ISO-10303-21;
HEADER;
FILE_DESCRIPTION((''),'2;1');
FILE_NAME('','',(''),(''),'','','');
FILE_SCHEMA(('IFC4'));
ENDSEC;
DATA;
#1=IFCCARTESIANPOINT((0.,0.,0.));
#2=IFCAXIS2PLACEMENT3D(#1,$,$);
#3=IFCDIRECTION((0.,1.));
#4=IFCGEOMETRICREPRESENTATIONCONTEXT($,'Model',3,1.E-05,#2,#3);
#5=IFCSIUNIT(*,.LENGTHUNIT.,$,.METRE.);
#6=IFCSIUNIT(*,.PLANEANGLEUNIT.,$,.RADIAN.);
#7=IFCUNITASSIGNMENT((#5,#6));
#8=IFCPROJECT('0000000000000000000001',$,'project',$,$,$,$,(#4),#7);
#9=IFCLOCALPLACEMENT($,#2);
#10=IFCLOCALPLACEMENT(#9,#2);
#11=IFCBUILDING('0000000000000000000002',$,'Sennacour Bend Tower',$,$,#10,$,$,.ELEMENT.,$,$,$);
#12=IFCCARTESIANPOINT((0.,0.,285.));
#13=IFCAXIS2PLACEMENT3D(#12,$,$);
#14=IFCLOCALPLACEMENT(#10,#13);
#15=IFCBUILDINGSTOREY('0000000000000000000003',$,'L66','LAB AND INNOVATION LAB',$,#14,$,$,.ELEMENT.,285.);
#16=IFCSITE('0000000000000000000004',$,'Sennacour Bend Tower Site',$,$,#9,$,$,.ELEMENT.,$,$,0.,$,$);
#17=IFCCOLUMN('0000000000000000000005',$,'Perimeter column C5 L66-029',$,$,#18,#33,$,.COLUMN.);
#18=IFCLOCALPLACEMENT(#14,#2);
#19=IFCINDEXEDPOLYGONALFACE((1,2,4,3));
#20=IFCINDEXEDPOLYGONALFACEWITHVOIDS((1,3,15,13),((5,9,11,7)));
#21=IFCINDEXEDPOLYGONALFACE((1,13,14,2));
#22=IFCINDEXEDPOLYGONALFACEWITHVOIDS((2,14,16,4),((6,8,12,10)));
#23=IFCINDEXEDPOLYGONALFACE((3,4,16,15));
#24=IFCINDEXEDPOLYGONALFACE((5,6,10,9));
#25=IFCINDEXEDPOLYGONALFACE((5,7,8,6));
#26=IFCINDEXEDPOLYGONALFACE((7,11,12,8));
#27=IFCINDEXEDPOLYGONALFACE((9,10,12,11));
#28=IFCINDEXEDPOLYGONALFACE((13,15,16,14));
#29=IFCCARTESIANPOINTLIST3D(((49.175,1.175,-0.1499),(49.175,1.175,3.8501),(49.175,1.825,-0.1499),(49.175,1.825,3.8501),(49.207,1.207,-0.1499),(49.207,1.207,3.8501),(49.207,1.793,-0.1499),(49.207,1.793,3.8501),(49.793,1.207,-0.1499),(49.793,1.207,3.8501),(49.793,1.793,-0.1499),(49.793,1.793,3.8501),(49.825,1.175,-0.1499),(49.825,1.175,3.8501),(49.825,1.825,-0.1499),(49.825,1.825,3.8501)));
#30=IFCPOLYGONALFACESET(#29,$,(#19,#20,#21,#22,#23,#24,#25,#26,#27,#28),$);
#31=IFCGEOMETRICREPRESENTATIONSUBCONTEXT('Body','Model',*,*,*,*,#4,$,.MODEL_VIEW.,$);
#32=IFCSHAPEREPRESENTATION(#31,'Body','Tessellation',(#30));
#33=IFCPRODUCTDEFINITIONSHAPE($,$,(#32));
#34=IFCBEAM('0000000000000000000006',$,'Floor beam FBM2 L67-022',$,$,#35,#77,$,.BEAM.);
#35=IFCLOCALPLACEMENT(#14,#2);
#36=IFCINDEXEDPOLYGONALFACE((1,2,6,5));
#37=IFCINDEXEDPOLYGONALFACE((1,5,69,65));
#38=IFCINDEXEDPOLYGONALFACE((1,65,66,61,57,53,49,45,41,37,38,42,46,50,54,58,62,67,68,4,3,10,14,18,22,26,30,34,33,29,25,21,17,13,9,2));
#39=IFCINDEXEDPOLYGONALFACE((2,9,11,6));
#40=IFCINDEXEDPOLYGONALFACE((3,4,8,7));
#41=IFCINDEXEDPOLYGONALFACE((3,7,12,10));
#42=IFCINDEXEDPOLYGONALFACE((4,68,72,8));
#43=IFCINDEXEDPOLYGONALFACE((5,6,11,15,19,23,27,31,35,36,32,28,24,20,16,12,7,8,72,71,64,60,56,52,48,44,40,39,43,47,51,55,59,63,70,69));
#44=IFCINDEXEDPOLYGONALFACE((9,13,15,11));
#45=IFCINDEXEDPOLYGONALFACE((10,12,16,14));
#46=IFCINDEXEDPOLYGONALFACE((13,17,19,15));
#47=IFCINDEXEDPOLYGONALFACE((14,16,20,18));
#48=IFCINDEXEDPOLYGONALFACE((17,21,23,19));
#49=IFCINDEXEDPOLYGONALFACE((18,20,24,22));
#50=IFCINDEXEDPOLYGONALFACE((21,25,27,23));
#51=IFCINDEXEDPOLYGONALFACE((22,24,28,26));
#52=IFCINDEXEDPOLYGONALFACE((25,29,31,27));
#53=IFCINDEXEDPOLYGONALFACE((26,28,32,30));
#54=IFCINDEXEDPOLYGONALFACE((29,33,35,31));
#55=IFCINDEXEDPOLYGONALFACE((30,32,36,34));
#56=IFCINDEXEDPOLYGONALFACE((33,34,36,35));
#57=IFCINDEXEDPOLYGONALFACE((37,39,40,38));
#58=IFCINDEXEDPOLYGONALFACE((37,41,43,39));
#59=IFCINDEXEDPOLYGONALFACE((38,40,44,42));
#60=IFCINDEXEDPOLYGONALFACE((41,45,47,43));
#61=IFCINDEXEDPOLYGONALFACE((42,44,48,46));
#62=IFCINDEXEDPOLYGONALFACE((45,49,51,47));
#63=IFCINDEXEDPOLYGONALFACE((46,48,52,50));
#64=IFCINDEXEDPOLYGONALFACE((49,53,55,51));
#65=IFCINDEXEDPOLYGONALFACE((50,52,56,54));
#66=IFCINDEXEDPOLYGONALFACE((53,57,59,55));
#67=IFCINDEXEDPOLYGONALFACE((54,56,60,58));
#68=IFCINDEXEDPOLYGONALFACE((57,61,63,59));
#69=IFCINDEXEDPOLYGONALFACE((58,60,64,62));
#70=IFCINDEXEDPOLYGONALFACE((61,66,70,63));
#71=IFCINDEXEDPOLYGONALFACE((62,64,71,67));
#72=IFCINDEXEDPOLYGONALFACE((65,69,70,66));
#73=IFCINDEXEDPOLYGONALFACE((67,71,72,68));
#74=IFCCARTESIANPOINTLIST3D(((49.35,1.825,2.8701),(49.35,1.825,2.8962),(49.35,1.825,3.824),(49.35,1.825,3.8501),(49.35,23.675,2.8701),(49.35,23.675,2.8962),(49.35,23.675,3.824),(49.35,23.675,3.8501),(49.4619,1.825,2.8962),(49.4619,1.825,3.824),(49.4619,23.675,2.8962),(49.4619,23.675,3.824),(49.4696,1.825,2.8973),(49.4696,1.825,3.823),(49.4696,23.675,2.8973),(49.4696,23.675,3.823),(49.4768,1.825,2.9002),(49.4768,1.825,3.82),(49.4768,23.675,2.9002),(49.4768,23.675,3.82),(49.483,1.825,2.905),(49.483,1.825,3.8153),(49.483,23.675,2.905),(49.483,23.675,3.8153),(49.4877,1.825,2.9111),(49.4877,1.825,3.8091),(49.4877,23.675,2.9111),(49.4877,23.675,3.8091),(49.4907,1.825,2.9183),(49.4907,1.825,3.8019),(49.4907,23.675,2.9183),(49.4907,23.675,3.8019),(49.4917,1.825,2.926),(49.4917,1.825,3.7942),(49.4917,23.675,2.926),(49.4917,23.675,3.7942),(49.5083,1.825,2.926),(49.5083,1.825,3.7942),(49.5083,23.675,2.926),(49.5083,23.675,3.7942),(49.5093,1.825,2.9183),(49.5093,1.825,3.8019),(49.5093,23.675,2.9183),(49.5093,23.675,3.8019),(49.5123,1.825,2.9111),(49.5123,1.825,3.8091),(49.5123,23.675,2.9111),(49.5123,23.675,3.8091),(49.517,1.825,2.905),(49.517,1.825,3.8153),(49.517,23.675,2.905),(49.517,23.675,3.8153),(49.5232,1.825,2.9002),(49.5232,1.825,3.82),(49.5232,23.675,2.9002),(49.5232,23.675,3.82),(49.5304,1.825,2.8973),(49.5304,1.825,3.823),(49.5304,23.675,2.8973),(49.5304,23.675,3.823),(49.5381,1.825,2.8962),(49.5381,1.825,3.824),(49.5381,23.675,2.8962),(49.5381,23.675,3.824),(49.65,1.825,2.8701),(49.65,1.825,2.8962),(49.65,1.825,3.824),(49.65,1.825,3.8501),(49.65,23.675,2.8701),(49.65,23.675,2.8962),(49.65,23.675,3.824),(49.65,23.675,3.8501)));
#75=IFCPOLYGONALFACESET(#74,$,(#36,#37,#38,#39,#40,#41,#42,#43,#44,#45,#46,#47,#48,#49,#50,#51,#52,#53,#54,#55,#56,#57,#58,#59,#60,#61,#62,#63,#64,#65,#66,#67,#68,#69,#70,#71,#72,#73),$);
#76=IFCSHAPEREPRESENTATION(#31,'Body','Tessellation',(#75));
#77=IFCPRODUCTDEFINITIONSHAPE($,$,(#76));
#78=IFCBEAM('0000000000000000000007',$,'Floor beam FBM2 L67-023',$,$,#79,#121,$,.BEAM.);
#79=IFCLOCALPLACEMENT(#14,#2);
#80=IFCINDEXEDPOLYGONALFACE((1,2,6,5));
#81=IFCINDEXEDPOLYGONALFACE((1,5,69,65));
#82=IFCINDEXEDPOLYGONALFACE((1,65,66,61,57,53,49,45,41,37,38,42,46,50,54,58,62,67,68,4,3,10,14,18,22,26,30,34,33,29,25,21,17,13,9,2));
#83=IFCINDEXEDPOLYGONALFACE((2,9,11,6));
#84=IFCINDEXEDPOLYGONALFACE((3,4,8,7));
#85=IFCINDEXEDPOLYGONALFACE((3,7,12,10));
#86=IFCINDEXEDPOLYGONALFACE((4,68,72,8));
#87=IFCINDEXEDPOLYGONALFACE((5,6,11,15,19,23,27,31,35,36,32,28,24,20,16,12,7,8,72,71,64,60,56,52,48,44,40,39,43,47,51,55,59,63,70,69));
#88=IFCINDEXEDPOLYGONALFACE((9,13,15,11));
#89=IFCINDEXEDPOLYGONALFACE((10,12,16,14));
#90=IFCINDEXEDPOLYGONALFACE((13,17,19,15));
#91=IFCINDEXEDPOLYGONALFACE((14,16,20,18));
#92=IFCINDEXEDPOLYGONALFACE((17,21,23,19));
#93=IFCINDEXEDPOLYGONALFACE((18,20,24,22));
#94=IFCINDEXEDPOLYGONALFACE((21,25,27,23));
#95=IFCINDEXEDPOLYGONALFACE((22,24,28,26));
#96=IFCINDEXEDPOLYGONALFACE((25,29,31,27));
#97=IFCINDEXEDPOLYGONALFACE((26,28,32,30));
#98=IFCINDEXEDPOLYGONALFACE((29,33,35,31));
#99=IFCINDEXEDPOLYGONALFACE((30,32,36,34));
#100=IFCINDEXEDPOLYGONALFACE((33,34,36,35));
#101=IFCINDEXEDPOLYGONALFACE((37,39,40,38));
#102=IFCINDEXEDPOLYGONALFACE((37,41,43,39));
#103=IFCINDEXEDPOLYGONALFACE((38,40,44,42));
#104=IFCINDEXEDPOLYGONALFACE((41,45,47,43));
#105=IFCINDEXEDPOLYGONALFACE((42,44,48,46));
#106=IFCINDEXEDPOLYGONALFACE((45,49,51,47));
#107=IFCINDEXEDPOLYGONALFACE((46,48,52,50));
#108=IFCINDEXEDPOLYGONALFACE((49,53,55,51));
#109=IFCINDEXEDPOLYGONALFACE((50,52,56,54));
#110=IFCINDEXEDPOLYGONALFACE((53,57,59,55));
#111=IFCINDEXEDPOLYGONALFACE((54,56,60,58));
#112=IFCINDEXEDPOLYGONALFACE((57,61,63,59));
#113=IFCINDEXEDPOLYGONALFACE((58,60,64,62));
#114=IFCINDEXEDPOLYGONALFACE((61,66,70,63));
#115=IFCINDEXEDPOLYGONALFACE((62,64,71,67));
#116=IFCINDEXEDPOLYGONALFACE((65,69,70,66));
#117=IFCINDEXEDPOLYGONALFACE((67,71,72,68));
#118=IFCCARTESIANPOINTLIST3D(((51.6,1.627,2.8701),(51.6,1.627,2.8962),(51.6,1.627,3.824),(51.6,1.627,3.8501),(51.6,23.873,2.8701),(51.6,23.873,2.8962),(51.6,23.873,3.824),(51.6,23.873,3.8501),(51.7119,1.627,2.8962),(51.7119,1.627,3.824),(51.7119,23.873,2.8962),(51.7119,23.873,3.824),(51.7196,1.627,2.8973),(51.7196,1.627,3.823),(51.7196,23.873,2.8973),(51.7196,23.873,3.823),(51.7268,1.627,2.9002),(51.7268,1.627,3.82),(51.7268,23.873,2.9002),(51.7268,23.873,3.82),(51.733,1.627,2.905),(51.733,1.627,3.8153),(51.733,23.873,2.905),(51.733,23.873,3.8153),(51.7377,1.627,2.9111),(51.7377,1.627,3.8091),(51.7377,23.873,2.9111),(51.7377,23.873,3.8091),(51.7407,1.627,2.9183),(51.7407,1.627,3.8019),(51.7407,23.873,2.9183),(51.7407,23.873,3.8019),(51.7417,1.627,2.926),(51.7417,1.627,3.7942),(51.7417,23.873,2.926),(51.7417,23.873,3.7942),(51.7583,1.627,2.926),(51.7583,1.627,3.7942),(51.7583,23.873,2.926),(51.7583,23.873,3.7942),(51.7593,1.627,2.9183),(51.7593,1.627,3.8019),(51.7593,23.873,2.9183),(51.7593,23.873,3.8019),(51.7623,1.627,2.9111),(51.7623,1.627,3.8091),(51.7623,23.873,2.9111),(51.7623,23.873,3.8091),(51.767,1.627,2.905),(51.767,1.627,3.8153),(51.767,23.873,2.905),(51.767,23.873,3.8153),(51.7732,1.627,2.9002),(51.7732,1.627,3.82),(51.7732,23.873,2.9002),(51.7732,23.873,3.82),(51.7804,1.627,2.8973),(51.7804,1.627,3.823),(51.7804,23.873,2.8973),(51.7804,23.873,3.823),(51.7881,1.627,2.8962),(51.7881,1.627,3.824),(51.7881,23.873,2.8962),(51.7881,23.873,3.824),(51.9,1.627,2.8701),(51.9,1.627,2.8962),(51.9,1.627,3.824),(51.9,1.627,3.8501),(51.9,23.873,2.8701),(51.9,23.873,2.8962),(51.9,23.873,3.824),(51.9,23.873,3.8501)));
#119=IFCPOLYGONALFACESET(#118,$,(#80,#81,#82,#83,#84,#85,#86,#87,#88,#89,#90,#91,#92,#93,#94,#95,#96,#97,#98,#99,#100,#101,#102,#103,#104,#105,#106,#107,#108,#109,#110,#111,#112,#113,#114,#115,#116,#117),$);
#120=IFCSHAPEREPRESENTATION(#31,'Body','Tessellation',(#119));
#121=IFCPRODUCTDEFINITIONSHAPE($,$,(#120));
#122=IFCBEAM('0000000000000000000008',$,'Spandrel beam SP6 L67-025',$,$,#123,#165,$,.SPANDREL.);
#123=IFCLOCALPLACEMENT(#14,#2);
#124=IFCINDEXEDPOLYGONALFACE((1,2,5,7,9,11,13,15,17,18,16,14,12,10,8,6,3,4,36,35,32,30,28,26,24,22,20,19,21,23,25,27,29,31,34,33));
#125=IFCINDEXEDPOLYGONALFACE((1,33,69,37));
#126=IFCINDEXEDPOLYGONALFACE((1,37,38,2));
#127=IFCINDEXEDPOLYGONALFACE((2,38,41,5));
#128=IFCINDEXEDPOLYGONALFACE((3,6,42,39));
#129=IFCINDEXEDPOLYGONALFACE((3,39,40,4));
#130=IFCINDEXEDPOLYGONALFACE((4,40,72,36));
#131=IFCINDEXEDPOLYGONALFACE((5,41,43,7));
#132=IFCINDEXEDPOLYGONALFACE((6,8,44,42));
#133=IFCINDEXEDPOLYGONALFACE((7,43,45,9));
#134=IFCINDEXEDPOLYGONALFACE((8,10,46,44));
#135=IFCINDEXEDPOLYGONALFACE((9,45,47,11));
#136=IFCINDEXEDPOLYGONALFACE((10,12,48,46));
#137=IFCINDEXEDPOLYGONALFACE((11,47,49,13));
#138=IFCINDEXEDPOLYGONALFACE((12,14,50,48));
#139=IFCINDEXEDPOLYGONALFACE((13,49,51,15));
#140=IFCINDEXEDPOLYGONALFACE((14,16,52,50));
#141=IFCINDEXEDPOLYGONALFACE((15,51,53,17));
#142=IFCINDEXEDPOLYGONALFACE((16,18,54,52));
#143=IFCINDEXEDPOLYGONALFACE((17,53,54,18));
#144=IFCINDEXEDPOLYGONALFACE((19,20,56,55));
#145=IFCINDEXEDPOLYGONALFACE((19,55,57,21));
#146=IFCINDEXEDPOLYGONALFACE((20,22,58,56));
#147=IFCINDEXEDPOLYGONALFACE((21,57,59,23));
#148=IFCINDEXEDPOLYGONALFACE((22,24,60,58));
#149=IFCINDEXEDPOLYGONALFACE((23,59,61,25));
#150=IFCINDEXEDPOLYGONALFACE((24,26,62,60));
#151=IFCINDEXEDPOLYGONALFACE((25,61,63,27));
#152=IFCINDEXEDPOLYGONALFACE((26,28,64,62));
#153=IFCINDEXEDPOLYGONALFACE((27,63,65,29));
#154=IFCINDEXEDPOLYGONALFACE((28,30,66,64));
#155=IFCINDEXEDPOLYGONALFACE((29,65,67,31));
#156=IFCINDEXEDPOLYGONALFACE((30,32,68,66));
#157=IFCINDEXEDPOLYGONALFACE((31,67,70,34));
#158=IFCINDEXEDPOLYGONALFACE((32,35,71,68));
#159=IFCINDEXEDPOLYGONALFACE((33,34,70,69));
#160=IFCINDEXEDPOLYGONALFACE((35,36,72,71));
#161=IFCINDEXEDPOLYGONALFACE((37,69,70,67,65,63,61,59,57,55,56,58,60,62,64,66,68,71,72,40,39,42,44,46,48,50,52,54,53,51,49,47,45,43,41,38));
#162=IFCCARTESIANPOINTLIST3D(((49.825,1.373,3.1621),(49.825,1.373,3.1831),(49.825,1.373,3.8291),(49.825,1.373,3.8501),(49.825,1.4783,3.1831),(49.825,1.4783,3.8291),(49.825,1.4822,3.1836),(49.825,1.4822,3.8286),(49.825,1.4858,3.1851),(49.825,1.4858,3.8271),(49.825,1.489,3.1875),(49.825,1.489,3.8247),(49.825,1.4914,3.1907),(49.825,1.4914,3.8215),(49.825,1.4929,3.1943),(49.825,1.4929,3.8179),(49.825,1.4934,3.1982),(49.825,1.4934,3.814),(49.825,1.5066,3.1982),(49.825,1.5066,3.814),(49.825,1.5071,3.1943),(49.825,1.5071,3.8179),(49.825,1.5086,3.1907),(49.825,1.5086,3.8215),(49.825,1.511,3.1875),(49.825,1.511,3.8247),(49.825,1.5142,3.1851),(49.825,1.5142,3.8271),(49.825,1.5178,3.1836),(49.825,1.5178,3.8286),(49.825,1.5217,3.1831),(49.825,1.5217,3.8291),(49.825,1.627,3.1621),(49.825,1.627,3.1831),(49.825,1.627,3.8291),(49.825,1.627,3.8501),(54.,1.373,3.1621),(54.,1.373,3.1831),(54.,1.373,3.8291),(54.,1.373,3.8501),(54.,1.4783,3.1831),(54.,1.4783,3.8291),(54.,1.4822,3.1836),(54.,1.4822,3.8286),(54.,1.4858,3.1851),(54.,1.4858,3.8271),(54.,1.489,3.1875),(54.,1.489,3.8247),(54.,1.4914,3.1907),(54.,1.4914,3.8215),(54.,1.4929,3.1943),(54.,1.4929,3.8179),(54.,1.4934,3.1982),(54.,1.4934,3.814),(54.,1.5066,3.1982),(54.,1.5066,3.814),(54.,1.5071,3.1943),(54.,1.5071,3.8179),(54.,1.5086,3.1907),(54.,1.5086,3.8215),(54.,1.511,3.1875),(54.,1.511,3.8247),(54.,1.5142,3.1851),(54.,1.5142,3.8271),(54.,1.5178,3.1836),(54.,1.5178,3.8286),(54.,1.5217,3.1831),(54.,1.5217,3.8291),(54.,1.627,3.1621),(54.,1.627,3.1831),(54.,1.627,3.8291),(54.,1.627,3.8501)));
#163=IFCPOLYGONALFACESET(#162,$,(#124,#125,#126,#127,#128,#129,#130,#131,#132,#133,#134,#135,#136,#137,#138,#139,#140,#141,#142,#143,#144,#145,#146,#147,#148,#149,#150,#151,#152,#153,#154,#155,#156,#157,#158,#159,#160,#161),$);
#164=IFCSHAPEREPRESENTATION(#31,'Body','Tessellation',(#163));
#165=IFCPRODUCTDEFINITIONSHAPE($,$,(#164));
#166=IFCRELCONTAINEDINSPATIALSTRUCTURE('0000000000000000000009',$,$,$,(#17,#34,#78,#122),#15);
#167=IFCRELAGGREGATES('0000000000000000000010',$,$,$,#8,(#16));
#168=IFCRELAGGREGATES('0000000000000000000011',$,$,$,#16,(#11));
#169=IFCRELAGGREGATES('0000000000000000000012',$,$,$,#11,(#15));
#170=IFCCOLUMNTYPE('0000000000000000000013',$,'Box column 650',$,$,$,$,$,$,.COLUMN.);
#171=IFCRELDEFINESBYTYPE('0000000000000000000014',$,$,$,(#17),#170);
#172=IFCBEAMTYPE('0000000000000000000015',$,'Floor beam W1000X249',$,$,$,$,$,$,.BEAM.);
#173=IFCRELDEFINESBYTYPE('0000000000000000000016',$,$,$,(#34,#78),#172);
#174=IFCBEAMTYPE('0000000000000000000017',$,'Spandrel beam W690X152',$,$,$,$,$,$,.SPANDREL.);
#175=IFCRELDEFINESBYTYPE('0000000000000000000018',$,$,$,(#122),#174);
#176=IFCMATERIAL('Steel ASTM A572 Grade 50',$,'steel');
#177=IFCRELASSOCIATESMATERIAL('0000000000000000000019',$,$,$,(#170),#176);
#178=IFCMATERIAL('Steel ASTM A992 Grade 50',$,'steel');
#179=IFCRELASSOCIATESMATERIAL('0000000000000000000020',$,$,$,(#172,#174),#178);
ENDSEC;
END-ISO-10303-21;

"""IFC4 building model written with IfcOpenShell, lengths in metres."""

from ifc_helpers import new_model, si_unit, direction, frame, origin, origin_2d, place, context, subcontext, project, spatial, hollow_rectangle, i_section, extrude, material, material_profile, profile_set, type_object, element, save


model = new_model("IFC4")

# Units and contexts
model_context = context("Model", 3, precision=1e-05, world=origin(), true_north=direction((0.0, 1.0)))
body_context = subcontext(model_context, "Body", "Model", "MODEL_VIEW")
ifc_project = project(units=[si_unit("LENGTHUNIT", "METRE"), si_unit("PLANEANGLEUNIT", "RADIAN")], contexts=[model_context])

# Site, building, storey
site_placement = place(None, origin())
site = spatial("IfcSite", under=ifc_project, at=site_placement, Name="Sennacour Bend Tower Site", CompositionType="ELEMENT", RefElevation=0.0)
building_placement = place(site_placement, origin())
building = spatial("IfcBuilding", under=site, at=building_placement, Name="Sennacour Bend Tower", CompositionType="ELEMENT")
storey_placement = place(building_placement, frame((0.0, 0.0, 285.0)))
storey = spatial("IfcBuildingStorey", under=building, at=storey_placement, Name="L66", Description="LAB AND INNOVATION LAB", CompositionType="ELEMENT", Elevation=285.0)

# Column
ifc_material_1 = material(Name="Steel ASTM A572 Grade 50", Category="steel")
ifc_material_profile_1 = material_profile(ifc_material_1, hollow_rectangle(XDim=0.6499, YDim=0.6499, WallThickness=0.032, at=origin_2d()), Name="Steel ASTM A572 Grade 50", Category="steel")
ifc_profile_set_1 = profile_set([ifc_material_profile_1], Name="Steel ASTM A572 Grade 50")
column_type = type_object("IfcColumnType", Name="Box column 650", PredefinedType="COLUMN", material=ifc_profile_set_1)
column_placement = place(storey_placement, frame((49.5, 1.5, -0.1499), z_axis=(0.0, 0.0, 1.0), x_axis=(1.0, 0.0, 0.0)))
element("IfcColumn", 1, at=column_placement, inside=storey, type_object=column_type, Name="Perimeter column C5 L66-029", PredefinedType="COLUMN", context=body_context, shape_type="SweptSolid", body=[
    extrude(hollow_rectangle(XDim=0.6499, YDim=0.6499, WallThickness=0.032, at=origin_2d()), origin(), (0.0, 0.0, 1.0), 4.0),
])

# Beams
ifc_material_2 = material(Name="Steel ASTM A992 Grade 50", Category="steel")
ifc_material_profile_2 = material_profile(ifc_material_2, i_section(OverallWidth=0.3, OverallDepth=0.98, WebThickness=0.0166, FlangeThickness=0.0261, FilletRadius=0.0298, at=origin_2d()), Name="Steel ASTM A992 Grade 50", Category="steel")
ifc_profile_set_2 = profile_set([ifc_material_profile_2], Name="Steel ASTM A992 Grade 50")
beam_type_1 = type_object("IfcBeamType", Name="Floor beam W1000X249", PredefinedType="BEAM", material=ifc_profile_set_2)
beam_1_placement = place(storey_placement, frame((49.5, 1.825, 3.3601), z_axis=(0.0, 1.0, 0.0), x_axis=(-1.0, 0.0, 0.0)))
element("IfcBeam", 2, at=beam_1_placement, inside=storey, type_object=beam_type_1, Name="Floor beam FBM2 L67-022", PredefinedType="BEAM", context=body_context, shape_type="SweptSolid", body=[
    extrude(i_section(OverallWidth=0.3, OverallDepth=0.98, WebThickness=0.0166, FlangeThickness=0.0261, FilletRadius=0.0298, at=origin_2d()), origin(), (0.0, 0.0, 1.0), 21.8501),
])
beam_2_placement = place(storey_placement, frame((51.75, 1.627, 3.3601), z_axis=(0.0, 1.0, 0.0), x_axis=(-1.0, 0.0, 0.0)))
element("IfcBeam", 3, at=beam_2_placement, inside=storey, type_object=beam_type_1, Name="Floor beam FBM2 L67-023", PredefinedType="BEAM", context=body_context, shape_type="SweptSolid", body=[
    extrude(i_section(OverallWidth=0.3, OverallDepth=0.98, WebThickness=0.0166, FlangeThickness=0.0261, FilletRadius=0.0298, at=origin_2d()), origin(), (0.0, 0.0, 1.0), 22.2461),
])
ifc_material_profile_3 = material_profile(ifc_material_2, i_section(OverallWidth=0.2539, OverallDepth=0.688, WebThickness=0.0132, FlangeThickness=0.021, FilletRadius=0.0151, at=origin_2d()), Name="Steel ASTM A992 Grade 50", Category="steel")
ifc_profile_set_3 = profile_set([ifc_material_profile_3], Name="Steel ASTM A992 Grade 50")
beam_type_2 = type_object("IfcBeamType", Name="Spandrel beam W690X152", PredefinedType="SPANDREL", material=ifc_profile_set_3)
beam_3_placement = place(storey_placement, frame((54.0, 1.5, 3.5061), z_axis=(-1.0, 0.0, 0.0), x_axis=(0.0, -1.0, 0.0)))
element("IfcBeam", 4, at=beam_3_placement, inside=storey, type_object=beam_type_2, Name="Spandrel beam SP6 L67-025", PredefinedType="SPANDREL", context=body_context, shape_type="SweptSolid", body=[
    extrude(i_section(OverallWidth=0.2539, OverallDepth=0.688, WebThickness=0.0132, FlangeThickness=0.021, FilletRadius=0.0151, at=origin_2d()), origin(), (0.0, 0.0, 1.0), 4.175),
])

save(model, "model.ifc")
